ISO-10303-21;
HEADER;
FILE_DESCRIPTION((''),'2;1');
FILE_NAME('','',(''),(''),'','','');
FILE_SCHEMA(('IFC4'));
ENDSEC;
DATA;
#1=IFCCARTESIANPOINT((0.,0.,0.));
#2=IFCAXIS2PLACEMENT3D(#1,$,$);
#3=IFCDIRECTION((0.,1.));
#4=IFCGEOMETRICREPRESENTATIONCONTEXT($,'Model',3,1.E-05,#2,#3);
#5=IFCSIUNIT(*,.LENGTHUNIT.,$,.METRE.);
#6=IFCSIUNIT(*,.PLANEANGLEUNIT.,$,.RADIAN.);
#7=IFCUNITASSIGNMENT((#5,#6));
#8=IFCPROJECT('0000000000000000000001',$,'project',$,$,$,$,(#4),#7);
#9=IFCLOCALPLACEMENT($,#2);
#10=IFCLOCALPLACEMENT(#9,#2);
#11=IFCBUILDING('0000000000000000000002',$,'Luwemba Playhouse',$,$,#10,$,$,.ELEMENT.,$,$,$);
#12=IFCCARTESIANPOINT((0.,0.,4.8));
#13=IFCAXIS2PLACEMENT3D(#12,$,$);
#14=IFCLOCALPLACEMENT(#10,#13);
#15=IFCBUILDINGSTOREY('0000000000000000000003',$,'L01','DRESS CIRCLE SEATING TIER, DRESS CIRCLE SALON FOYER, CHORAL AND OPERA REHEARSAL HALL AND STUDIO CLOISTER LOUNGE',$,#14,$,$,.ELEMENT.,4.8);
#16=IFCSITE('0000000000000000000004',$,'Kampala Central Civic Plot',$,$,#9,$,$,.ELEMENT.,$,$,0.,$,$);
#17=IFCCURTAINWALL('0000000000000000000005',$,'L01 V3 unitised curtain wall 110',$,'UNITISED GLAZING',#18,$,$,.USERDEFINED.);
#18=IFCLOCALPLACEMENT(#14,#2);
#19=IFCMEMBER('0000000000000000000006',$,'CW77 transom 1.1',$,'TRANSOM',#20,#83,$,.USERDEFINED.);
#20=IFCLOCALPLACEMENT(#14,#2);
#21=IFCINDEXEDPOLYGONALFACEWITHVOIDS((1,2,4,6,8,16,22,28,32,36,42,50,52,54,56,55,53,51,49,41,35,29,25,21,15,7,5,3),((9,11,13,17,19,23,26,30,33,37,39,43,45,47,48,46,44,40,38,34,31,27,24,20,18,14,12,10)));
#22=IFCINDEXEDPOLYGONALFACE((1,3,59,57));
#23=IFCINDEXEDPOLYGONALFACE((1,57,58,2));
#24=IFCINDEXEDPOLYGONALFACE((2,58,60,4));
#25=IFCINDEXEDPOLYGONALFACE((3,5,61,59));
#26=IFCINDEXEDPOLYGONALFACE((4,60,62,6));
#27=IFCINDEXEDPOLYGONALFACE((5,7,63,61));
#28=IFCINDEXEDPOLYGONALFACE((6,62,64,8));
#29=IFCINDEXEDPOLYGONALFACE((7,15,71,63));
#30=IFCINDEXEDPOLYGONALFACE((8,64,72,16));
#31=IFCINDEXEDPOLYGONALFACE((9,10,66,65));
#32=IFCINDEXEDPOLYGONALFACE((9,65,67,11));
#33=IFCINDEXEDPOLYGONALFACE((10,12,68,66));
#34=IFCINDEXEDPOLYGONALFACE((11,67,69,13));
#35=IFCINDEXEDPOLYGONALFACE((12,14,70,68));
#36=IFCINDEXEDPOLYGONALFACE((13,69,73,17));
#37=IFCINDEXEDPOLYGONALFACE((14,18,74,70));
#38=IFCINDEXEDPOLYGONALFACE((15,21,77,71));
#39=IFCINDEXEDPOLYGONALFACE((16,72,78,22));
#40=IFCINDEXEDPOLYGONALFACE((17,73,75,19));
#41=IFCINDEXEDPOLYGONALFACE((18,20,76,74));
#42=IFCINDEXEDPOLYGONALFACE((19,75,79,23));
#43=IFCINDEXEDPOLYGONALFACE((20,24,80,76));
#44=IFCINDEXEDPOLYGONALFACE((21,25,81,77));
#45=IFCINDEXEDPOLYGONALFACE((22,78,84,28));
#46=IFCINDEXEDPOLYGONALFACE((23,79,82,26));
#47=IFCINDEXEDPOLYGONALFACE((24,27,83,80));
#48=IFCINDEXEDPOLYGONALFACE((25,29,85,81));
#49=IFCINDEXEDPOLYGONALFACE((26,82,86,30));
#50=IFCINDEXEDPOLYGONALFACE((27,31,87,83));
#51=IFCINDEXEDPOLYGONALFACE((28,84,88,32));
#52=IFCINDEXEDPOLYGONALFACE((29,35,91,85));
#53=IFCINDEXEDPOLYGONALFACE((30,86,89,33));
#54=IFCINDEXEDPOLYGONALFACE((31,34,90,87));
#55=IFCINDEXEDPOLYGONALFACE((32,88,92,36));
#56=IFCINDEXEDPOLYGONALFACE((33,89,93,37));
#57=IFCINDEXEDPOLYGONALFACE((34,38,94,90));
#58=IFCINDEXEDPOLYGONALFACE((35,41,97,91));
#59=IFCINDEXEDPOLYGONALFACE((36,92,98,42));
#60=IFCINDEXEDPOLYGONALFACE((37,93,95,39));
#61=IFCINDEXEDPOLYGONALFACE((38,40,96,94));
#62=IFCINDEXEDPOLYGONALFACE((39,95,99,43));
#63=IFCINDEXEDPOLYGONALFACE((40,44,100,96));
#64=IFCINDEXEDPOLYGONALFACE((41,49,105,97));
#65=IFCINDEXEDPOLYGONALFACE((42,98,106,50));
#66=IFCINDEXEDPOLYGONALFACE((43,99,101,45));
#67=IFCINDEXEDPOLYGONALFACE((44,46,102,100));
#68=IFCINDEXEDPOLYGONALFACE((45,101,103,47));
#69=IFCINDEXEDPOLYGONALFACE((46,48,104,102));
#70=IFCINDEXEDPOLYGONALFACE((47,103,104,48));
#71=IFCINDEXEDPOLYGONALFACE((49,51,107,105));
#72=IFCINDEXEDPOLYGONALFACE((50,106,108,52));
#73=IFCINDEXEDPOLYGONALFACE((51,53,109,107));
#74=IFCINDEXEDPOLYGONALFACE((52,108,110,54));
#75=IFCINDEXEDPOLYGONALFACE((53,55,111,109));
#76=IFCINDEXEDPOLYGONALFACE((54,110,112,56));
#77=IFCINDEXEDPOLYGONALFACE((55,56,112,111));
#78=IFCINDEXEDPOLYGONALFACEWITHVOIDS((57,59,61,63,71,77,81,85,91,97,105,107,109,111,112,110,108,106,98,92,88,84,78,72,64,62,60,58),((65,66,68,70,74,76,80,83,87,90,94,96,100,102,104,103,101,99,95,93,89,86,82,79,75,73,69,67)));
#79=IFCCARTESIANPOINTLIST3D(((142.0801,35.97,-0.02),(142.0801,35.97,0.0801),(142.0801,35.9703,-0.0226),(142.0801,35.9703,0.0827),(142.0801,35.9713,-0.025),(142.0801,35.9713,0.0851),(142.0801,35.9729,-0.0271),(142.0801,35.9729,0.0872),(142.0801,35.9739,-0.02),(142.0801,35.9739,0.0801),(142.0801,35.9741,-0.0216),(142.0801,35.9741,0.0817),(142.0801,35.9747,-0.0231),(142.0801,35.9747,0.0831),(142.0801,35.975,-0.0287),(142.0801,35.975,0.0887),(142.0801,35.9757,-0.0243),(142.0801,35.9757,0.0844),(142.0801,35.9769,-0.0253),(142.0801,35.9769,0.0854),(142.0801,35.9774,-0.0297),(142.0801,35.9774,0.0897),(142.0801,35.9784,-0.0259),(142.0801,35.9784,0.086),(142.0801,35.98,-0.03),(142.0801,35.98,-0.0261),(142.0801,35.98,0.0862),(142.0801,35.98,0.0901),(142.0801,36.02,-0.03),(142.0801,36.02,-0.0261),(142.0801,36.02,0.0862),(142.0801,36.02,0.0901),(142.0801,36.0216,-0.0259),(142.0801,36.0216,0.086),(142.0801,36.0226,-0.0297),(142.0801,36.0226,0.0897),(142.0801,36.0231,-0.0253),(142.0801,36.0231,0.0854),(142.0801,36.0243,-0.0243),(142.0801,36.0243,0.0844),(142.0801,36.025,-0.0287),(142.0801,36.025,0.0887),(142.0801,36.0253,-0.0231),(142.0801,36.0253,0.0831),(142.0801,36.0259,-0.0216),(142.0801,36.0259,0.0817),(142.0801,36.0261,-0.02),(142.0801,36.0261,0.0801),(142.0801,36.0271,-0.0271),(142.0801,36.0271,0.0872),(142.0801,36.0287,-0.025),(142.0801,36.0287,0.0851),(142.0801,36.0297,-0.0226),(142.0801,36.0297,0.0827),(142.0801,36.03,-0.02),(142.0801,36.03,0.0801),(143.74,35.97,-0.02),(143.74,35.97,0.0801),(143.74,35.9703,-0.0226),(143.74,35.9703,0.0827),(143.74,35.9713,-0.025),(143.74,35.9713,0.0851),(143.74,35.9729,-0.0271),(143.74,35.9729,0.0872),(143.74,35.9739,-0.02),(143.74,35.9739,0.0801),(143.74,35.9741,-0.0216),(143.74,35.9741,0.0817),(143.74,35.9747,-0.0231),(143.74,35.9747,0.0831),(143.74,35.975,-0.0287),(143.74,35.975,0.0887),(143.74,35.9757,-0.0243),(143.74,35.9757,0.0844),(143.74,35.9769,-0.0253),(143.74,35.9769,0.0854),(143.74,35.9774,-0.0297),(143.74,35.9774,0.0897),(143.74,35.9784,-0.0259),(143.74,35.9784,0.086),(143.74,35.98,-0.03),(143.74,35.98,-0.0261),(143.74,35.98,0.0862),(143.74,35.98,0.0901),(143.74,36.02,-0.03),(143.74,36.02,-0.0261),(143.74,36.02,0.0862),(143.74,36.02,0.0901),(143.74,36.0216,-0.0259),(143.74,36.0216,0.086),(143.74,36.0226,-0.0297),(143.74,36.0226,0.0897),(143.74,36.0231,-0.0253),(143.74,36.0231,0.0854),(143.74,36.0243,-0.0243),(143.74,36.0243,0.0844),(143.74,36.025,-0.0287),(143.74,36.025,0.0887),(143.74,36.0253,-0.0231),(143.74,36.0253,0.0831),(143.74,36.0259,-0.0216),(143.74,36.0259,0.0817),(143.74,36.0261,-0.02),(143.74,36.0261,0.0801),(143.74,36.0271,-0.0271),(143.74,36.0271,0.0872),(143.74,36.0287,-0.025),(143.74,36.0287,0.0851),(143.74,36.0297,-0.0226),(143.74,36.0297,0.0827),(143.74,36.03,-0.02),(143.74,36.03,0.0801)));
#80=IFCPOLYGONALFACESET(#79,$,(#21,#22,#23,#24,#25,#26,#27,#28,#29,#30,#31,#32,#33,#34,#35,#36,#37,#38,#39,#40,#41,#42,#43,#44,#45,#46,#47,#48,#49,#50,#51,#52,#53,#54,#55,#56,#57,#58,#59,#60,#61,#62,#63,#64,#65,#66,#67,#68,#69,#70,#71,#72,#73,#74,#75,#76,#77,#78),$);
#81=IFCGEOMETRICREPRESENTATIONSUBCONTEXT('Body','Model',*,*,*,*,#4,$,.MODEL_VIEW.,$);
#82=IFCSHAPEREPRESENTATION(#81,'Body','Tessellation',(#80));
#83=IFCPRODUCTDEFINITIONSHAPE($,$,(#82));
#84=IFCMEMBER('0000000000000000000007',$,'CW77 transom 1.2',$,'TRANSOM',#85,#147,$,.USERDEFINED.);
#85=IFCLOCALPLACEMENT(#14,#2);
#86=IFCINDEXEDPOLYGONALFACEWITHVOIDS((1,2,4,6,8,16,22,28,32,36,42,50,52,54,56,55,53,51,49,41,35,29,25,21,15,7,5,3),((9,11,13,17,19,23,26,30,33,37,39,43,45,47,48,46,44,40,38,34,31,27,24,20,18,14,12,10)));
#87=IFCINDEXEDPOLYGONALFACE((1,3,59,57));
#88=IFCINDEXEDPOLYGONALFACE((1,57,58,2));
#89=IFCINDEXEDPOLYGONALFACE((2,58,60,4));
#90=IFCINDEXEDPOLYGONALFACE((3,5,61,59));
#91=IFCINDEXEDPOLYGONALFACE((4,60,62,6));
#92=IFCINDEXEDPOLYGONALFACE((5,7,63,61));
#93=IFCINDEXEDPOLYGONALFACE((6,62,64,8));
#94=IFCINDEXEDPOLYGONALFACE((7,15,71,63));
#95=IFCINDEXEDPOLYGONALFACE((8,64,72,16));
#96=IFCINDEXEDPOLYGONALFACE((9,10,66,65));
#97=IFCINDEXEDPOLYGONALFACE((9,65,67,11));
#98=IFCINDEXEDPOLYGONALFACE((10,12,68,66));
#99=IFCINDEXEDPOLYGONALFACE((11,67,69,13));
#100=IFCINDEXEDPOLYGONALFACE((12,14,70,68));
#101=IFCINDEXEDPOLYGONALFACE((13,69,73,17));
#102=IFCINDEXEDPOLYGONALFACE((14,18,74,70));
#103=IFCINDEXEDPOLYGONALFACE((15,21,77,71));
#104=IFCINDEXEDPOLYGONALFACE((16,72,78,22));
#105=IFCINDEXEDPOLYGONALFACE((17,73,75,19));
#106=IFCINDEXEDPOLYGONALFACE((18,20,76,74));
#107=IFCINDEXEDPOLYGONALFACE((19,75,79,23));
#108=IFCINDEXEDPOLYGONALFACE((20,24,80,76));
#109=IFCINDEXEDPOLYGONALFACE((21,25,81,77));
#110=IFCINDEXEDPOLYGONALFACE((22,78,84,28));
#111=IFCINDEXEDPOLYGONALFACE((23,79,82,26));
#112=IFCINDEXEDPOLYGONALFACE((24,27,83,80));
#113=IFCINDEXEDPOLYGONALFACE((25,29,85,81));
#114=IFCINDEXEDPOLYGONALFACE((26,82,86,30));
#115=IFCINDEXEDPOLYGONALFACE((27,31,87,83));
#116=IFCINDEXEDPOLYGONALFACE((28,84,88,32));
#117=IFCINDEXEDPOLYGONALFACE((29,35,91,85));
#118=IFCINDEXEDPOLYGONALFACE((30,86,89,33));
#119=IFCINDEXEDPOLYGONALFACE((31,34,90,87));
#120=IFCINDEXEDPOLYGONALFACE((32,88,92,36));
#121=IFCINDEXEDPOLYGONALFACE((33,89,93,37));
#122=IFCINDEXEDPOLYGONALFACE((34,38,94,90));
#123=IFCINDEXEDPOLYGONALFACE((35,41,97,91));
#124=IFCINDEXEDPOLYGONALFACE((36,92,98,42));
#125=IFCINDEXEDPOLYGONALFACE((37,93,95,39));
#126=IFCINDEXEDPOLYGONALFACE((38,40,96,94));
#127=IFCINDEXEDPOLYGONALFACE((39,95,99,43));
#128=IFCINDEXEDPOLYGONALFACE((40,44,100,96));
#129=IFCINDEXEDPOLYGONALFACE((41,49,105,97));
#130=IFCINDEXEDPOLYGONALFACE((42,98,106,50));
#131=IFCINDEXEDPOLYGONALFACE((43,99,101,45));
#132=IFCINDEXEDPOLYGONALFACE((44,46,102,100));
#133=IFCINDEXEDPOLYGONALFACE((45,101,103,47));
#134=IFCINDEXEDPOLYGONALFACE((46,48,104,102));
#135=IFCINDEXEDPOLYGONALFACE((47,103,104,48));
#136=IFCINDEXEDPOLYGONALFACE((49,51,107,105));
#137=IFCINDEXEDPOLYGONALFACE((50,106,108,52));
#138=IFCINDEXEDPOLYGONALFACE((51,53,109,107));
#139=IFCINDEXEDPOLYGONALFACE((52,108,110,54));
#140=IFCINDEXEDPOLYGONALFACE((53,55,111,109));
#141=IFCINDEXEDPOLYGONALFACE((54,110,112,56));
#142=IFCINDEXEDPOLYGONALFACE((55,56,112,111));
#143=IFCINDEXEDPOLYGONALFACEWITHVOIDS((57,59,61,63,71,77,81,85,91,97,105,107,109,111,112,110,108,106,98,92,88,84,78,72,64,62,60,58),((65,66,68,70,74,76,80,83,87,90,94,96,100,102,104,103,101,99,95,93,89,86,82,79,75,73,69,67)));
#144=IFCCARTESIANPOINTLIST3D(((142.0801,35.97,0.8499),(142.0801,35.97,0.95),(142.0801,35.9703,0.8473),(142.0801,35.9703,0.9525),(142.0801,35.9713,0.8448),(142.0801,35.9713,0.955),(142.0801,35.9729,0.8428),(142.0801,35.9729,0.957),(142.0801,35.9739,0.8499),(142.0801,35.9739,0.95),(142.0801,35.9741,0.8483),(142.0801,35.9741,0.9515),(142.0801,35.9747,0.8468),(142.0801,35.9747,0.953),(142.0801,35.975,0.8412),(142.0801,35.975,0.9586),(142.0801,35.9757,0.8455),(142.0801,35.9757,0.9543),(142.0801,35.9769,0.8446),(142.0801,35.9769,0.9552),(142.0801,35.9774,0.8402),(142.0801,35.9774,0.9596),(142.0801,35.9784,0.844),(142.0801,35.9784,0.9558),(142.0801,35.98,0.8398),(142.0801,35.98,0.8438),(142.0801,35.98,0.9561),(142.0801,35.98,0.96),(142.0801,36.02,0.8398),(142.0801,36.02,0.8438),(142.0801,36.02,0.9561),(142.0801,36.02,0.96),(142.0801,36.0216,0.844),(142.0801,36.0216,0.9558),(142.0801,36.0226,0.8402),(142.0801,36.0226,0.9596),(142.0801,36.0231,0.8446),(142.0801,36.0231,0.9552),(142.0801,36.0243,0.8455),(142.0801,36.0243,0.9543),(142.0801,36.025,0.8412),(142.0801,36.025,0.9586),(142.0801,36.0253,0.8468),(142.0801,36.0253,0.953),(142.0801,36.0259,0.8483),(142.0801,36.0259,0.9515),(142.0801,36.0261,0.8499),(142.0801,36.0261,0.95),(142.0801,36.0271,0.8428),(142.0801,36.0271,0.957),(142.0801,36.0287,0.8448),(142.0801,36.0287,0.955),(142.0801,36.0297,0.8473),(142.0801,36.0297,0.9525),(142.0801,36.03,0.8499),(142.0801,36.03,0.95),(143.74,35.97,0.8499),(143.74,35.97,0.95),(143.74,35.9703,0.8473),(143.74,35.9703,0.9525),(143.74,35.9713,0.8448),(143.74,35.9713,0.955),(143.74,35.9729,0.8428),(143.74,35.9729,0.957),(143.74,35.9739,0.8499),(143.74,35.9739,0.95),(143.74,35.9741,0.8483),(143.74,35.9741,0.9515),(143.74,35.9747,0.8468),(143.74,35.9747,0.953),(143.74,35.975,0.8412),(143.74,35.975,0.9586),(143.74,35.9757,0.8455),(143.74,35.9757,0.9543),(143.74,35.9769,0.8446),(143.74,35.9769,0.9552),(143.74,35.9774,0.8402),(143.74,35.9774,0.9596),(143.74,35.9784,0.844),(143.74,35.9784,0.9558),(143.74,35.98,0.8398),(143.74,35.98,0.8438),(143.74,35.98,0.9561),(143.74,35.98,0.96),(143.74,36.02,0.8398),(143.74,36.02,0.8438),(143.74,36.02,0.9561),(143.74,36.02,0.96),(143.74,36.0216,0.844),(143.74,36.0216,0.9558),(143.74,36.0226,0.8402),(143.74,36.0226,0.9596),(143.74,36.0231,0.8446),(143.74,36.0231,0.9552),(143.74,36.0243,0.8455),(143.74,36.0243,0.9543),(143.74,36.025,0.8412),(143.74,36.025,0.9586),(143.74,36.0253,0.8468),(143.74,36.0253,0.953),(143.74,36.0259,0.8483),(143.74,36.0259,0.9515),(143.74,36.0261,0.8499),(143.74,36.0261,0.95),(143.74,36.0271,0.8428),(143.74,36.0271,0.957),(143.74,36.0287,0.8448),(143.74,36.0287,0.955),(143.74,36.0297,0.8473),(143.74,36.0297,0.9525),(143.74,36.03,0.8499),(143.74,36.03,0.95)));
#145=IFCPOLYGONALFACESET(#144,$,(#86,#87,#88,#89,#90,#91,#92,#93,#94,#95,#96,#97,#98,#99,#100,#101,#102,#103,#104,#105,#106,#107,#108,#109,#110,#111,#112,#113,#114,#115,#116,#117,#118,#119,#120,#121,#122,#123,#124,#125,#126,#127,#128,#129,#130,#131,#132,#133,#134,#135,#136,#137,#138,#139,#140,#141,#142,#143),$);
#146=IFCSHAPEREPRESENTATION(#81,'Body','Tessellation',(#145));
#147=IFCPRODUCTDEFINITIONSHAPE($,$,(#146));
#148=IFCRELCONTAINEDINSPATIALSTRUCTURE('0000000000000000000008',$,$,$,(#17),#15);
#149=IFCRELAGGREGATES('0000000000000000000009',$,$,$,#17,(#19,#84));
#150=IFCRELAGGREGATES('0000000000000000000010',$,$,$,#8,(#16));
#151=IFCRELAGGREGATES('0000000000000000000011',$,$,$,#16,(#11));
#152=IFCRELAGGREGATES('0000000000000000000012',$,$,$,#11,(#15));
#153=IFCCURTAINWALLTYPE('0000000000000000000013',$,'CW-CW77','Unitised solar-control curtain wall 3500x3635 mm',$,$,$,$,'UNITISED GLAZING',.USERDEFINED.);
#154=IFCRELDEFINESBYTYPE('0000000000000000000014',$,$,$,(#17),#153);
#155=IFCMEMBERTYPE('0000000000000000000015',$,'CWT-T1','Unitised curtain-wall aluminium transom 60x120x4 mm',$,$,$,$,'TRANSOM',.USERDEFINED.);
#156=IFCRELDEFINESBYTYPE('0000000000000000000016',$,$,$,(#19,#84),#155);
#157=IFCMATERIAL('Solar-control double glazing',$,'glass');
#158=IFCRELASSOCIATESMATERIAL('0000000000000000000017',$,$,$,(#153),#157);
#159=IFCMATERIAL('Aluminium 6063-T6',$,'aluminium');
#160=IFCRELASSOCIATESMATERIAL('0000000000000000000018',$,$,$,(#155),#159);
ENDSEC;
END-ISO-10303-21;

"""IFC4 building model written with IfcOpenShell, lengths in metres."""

from ifc_helpers import new_model, si_unit, direction, frame, origin, origin_2d, place, context, subcontext, project, spatial, hollow_rectangle, extrude, material, material_profile, profile_set, type_object, element, aggregate, save


model = new_model("IFC4")

# Units and contexts
model_context = context("Model", 3, precision=1e-05, world=origin(), true_north=direction((0.0, 1.0)))
body_context = subcontext(model_context, "Body", "Model", "MODEL_VIEW")
ifc_project = project(units=[si_unit("LENGTHUNIT", "METRE"), si_unit("PLANEANGLEUNIT", "RADIAN")], contexts=[model_context])

# Site, building, storey
site_placement = place(None, origin())
site = spatial("IfcSite", under=ifc_project, at=site_placement, Name="Kampala Central Civic Plot", CompositionType="ELEMENT", RefElevation=0.0)
building_placement = place(site_placement, origin())
building = spatial("IfcBuilding", under=site, at=building_placement, Name="Luwemba Playhouse", CompositionType="ELEMENT")
storey_placement = place(building_placement, frame((0.0, 0.0, 4.8)))
storey = spatial("IfcBuildingStorey", under=building, at=storey_placement, Name="L01", Description="DRESS CIRCLE SEATING TIER, DRESS CIRCLE SALON FOYER, CHORAL AND OPERA REHEARSAL HALL AND STUDIO CLOISTER LOUNGE", CompositionType="ELEMENT", Elevation=4.8)

# Curtain wall
ifc_material_1 = material(Name="Solar-control double glazing", Category="glass")
curtain_wall_type_1 = type_object("IfcCurtainWallType", Name="CW-CW77", Description="Unitised solar-control curtain wall 3500x3635 mm", ElementType="UNITISED GLAZING", PredefinedType="USERDEFINED", material=ifc_material_1)
curtain_wall_1_placement = place(storey_placement, origin())
curtain_wall_1 = element("IfcCurtainWall", 1, at=curtain_wall_1_placement, inside=storey, type_object=curtain_wall_type_1, Name="L01 V3 unitised curtain wall 110", ObjectType="UNITISED GLAZING", PredefinedType="USERDEFINED")
ifc_material_2 = material(Name="Aluminium 6063-T6", Category="aluminium")

# Members
ifc_material_profile_1 = material_profile(ifc_material_2, hollow_rectangle(XDim=0.0601, YDim=0.1201, WallThickness=0.0039, InnerFilletRadius=0.0061, OuterFilletRadius=0.01, at=origin_2d()))
ifc_profile_set_1 = profile_set([ifc_material_profile_1], Name="Aluminium 6063-T6")
member_type_1 = type_object("IfcMemberType", Name="CWT-T1", Description="Unitised curtain-wall aluminium transom 60x120x4 mm", ElementType="TRANSOM", PredefinedType="USERDEFINED", material=ifc_profile_set_1)
member_1_placement = place(storey_placement, frame((143.74, 36.0, 0.03), z_axis=(-1.0, 0.0, 0.0), x_axis=(0.0, -1.0, 0.0)))
member_1 = element("IfcMember", 2, at=member_1_placement, type_object=member_type_1, Name="CW77 transom 1.1", ObjectType="TRANSOM", PredefinedType="USERDEFINED", context=body_context, shape_type="SweptSolid", body=[
    extrude(hollow_rectangle(XDim=0.0601, YDim=0.1201, WallThickness=0.0039, InnerFilletRadius=0.0061, OuterFilletRadius=0.01, at=origin_2d()), origin(), (0.0, 0.0, 1.0), 1.6599),
])
member_2_placement = place(storey_placement, frame((143.74, 36.0, 0.8999), z_axis=(-1.0, 0.0, 0.0), x_axis=(0.0, -1.0, 0.0)))
member_2 = element("IfcMember", 3, at=member_2_placement, type_object=member_type_1, Name="CW77 transom 1.2", ObjectType="TRANSOM", PredefinedType="USERDEFINED", context=body_context, shape_type="SweptSolid", body=[
    extrude(hollow_rectangle(XDim=0.0601, YDim=0.1201, WallThickness=0.0039, InnerFilletRadius=0.0061, OuterFilletRadius=0.01, at=origin_2d()), origin(), (0.0, 0.0, 1.0), 1.6599),
])

aggregate(curtain_wall_1, [member_1, member_2])

save(model, "model.ifc")
